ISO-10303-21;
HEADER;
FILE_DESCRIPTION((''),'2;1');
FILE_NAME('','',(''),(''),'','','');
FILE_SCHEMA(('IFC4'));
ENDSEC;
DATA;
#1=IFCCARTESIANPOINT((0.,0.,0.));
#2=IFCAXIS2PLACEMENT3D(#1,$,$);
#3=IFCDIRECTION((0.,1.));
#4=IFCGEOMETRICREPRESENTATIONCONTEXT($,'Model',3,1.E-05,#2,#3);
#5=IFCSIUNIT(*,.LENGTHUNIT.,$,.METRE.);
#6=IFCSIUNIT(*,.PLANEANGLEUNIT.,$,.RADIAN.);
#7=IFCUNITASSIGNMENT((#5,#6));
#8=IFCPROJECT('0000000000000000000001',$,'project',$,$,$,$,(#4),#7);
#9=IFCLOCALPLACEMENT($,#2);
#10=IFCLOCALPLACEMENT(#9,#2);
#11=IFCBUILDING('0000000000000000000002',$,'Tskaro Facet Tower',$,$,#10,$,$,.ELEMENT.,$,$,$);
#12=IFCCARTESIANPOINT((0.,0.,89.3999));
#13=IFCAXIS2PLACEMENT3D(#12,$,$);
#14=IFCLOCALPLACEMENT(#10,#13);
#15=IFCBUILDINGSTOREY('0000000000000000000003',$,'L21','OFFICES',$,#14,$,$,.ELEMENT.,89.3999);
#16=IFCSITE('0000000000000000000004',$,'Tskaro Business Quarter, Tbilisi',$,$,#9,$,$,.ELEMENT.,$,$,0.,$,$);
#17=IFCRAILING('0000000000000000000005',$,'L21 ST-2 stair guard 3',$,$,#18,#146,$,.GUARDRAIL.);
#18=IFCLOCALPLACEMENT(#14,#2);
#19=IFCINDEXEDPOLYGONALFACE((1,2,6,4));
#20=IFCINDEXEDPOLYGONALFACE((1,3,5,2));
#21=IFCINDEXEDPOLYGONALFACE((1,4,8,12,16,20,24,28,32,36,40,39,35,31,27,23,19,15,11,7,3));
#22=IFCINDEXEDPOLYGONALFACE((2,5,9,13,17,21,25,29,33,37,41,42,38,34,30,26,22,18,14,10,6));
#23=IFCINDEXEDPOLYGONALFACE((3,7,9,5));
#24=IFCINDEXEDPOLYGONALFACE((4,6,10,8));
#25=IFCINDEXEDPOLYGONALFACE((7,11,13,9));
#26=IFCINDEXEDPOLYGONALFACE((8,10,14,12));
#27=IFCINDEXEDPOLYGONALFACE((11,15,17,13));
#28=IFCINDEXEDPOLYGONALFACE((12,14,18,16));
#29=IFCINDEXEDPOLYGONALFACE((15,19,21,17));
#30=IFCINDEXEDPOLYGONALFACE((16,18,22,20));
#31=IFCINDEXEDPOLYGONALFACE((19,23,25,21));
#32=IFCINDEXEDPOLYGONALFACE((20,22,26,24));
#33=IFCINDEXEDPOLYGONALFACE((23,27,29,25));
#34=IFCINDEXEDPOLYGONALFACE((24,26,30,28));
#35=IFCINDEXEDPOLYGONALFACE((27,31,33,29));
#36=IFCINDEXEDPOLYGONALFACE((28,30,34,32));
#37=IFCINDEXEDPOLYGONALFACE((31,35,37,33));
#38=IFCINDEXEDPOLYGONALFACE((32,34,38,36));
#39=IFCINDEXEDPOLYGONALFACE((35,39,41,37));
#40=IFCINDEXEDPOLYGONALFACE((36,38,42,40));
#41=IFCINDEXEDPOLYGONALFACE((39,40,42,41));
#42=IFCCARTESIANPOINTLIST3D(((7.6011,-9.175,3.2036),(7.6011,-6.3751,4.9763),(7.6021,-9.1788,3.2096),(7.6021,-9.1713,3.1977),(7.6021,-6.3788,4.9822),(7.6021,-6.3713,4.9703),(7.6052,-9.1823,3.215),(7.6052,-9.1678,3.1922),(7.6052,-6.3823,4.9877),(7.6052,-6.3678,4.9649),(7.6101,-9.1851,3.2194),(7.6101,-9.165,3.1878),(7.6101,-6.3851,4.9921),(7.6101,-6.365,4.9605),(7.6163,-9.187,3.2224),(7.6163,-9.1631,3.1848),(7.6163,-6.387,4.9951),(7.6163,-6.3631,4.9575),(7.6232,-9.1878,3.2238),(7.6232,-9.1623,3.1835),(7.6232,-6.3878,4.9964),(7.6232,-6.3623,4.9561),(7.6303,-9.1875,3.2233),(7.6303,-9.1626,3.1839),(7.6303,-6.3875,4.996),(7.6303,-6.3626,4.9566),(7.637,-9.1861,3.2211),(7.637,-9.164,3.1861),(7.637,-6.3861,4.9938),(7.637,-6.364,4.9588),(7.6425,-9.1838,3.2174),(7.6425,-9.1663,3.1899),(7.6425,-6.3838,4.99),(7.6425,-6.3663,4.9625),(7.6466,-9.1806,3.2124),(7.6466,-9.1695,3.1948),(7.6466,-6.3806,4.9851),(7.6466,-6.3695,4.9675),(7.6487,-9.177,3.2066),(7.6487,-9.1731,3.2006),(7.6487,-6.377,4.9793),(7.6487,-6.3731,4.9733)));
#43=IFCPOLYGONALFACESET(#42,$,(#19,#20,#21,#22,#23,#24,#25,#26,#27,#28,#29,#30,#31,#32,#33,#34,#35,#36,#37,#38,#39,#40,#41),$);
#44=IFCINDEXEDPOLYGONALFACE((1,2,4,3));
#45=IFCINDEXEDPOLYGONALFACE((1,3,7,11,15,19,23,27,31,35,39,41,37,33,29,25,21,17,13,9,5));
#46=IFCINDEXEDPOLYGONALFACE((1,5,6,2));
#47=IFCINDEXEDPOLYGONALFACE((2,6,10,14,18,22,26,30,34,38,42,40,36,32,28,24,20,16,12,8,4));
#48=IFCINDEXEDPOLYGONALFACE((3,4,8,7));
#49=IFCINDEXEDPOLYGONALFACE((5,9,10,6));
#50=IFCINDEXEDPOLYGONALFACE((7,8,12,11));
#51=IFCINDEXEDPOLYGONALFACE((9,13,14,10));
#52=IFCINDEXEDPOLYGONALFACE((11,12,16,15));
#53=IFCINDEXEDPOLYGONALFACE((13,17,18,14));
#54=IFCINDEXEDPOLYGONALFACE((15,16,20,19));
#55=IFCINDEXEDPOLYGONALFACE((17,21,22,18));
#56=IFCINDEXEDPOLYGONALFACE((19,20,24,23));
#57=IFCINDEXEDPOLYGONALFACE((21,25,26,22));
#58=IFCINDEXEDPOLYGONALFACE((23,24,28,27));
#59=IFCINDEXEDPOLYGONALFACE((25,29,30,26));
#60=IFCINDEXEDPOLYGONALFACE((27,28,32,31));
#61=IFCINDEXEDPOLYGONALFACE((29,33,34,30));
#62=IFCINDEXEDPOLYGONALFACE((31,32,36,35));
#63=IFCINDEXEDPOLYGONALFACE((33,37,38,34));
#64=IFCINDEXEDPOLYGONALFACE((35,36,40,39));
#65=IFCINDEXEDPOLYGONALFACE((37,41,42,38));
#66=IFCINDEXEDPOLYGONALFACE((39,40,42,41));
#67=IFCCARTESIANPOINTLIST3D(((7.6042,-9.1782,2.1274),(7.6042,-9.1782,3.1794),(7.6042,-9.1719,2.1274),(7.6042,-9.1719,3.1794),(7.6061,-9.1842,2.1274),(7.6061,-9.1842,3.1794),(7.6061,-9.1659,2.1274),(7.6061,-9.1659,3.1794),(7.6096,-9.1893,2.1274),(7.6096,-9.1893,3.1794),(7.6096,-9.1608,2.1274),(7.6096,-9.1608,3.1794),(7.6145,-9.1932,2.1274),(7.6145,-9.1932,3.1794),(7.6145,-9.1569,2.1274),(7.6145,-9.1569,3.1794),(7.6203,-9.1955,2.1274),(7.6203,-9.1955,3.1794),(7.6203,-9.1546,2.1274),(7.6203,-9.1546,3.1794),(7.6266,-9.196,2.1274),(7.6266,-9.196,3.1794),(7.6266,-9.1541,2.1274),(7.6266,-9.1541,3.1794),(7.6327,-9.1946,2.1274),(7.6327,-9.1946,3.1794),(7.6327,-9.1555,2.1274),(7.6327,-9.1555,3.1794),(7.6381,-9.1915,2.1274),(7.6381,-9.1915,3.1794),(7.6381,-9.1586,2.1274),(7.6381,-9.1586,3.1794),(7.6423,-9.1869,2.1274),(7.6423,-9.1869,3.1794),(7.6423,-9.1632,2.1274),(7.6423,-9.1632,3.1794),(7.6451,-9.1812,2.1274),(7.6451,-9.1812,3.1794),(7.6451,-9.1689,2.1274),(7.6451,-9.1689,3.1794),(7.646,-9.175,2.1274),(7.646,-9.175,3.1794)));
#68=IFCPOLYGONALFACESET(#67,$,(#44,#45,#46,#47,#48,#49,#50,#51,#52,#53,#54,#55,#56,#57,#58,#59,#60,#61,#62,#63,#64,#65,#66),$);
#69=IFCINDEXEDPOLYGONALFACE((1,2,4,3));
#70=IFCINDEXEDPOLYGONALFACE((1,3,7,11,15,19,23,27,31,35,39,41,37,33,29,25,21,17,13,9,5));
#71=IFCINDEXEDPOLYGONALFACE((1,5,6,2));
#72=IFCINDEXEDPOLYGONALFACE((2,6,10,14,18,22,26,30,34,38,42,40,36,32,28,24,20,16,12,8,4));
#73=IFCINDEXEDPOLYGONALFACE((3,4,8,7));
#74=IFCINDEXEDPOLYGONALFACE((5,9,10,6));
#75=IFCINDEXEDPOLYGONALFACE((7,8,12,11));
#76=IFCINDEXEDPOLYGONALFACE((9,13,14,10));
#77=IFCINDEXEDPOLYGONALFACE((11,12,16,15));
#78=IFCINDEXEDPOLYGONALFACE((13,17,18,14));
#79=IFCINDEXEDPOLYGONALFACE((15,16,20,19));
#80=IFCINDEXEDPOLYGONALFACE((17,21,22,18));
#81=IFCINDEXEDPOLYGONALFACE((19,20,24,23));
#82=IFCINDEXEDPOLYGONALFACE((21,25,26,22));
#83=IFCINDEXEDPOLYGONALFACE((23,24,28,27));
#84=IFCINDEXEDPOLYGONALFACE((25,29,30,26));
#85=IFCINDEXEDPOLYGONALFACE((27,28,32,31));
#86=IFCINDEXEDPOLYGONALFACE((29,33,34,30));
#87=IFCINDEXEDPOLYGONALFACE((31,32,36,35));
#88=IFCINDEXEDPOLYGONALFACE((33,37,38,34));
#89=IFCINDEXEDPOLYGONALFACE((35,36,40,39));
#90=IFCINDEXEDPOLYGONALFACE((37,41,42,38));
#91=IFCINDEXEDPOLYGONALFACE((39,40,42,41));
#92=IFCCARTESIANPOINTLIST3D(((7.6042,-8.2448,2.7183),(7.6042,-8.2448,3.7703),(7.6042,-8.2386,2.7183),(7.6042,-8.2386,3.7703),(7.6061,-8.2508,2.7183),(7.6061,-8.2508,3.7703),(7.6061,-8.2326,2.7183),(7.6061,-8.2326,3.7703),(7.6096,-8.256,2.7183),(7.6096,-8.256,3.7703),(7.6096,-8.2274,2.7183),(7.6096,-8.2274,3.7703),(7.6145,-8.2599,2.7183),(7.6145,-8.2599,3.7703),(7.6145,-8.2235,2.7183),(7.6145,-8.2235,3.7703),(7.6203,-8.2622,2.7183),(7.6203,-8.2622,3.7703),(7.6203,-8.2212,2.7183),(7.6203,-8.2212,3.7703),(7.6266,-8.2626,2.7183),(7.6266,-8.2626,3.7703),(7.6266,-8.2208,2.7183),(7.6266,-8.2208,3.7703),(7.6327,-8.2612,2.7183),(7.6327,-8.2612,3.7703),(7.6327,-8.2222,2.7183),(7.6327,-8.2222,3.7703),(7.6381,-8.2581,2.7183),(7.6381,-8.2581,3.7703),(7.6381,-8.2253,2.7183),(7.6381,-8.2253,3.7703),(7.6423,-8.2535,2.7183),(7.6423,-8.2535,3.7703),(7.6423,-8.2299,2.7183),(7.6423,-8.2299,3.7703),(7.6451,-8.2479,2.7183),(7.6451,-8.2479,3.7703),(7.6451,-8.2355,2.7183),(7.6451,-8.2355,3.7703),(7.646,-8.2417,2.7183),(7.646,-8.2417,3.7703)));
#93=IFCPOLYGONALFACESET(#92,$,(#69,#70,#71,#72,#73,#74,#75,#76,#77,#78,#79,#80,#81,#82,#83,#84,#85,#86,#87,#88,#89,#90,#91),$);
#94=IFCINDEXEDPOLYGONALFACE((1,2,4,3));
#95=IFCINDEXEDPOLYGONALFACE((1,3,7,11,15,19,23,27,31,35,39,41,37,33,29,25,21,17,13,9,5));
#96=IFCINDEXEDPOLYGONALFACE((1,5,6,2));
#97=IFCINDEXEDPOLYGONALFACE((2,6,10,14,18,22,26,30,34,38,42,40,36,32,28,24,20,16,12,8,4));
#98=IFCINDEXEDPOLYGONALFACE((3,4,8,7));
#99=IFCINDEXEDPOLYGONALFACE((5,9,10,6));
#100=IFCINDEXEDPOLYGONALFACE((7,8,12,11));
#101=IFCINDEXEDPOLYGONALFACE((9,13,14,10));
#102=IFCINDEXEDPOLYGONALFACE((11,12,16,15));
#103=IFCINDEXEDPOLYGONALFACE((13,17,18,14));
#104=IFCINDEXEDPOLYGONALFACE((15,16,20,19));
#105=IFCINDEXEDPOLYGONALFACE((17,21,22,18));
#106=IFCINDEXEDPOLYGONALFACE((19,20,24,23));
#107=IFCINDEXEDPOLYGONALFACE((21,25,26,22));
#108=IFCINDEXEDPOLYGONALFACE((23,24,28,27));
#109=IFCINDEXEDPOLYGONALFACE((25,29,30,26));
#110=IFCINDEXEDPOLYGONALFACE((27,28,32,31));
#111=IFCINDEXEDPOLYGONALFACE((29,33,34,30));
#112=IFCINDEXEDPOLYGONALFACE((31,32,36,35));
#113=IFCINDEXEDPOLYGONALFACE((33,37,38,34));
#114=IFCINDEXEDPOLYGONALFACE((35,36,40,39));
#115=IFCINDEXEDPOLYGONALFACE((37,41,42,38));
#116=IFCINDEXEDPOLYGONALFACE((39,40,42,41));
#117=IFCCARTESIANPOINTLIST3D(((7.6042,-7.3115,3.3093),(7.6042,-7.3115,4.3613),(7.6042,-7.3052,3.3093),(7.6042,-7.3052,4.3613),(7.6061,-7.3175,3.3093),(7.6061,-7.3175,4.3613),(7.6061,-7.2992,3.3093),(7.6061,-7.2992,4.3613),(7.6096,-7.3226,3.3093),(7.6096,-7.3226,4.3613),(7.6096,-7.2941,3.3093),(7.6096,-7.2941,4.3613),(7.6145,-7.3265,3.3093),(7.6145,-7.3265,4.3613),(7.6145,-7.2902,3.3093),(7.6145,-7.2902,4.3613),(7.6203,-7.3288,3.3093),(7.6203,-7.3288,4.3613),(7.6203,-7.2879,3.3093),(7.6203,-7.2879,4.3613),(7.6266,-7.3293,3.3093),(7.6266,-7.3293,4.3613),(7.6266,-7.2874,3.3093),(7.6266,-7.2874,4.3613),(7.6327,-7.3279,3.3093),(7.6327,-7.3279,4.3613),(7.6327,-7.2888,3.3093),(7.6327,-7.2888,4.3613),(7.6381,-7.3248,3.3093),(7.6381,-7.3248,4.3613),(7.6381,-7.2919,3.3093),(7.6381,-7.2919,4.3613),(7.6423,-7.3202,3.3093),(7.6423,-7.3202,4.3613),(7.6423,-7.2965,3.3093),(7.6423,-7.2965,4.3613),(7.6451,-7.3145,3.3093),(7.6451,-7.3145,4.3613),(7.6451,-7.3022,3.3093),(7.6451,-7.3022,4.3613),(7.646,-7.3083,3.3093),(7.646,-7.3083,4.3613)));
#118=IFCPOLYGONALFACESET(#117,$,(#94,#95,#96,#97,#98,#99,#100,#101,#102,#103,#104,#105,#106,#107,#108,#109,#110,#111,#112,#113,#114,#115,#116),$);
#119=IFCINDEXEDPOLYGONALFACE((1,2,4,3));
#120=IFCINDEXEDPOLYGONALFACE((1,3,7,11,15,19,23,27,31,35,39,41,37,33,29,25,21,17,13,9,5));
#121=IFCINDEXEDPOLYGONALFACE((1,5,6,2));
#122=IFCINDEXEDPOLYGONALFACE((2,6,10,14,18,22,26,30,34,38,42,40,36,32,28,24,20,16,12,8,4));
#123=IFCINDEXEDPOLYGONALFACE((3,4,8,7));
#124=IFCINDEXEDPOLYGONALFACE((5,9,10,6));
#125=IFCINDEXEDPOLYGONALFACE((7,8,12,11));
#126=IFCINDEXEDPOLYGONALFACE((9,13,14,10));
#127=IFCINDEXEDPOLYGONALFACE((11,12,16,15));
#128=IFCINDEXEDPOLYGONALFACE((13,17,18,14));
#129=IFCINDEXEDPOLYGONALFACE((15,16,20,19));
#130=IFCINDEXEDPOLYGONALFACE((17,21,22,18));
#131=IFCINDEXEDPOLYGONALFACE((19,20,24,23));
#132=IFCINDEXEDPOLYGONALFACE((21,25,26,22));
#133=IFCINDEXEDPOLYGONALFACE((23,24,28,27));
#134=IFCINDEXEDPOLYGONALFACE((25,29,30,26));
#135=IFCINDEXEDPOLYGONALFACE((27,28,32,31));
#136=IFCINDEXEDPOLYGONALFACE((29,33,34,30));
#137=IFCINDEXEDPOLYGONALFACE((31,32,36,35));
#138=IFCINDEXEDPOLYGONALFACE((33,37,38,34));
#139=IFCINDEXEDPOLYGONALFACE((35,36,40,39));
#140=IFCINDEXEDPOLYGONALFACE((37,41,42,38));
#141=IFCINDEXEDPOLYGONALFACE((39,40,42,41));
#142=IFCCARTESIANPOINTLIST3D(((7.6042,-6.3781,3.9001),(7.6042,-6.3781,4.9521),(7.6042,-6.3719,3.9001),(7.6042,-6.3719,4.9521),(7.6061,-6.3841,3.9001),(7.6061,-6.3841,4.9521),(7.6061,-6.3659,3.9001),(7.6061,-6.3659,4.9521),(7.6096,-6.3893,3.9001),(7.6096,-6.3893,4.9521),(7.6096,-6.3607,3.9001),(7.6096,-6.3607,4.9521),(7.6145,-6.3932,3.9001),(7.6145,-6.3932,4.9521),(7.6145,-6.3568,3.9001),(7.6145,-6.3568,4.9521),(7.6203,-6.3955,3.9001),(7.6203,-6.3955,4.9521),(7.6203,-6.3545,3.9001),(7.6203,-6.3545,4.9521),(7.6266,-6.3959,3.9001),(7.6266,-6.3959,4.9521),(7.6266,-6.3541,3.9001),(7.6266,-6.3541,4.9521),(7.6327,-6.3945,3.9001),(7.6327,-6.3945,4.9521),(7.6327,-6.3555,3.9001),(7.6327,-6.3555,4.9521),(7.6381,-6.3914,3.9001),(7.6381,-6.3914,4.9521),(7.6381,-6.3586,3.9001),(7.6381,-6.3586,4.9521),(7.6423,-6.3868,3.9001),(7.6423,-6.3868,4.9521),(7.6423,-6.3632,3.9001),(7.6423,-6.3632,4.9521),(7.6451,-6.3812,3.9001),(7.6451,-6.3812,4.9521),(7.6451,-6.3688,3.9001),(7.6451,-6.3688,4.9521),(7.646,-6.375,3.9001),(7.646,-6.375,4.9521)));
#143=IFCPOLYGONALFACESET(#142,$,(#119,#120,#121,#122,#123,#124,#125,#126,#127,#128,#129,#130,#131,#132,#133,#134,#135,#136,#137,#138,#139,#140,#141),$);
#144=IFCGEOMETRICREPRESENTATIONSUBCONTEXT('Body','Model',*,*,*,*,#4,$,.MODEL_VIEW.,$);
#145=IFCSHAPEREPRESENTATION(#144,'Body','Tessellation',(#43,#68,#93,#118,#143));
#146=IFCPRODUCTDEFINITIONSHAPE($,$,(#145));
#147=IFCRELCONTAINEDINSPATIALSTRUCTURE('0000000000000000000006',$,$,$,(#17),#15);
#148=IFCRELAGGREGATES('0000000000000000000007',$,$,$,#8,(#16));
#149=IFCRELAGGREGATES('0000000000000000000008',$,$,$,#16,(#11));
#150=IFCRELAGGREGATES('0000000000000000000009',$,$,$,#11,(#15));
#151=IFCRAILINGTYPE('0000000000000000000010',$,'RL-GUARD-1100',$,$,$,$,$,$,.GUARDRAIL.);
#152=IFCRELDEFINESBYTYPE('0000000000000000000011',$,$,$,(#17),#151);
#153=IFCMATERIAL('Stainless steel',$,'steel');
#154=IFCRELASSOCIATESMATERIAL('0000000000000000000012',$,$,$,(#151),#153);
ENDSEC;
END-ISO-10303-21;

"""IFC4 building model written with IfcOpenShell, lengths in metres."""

from ifc_helpers import new_model, si_unit, direction, frame, origin, origin_2d, place, context, subcontext, project, spatial, circle, extrude, material, type_object, element, save


model = new_model("IFC4")

# Units and contexts
model_context = context("Model", 3, precision=1e-05, world=origin(), true_north=direction((0.0, 1.0)))
body_context = subcontext(model_context, "Body", "Model", "MODEL_VIEW")
ifc_project = project(units=[si_unit("LENGTHUNIT", "METRE"), si_unit("PLANEANGLEUNIT", "RADIAN")], contexts=[model_context])

# Site, building, storey
site_placement = place(None, origin())
site = spatial("IfcSite", under=ifc_project, at=site_placement, Name="Tskaro Business Quarter, Tbilisi", CompositionType="ELEMENT", RefElevation=0.0)
building_placement = place(site_placement, origin())
building = spatial("IfcBuilding", under=site, at=building_placement, Name="Tskaro Facet Tower", CompositionType="ELEMENT")
storey_placement = place(building_placement, frame((0.0, 0.0, 89.3999)))
storey = spatial("IfcBuildingStorey", under=building, at=storey_placement, Name="L21", Description="OFFICES", CompositionType="ELEMENT", Elevation=89.3999)

# Railing
ifc_material_1 = material(Name="Stainless steel", Category="steel")
railing_type_1 = type_object("IfcRailingType", Name="RL-GUARD-1100", PredefinedType="GUARDRAIL", material=ifc_material_1)
railing_1_placement = place(storey_placement, frame((7.625, -9.175, 2.1274)))
element("IfcRailing", 1, at=railing_1_placement, inside=storey, type_object=railing_type_1, Name="L21 ST-2 stair guard 3", PredefinedType="GUARDRAIL", context=body_context, shape_type="SweptSolid", body=[
    extrude(circle(Radius=0.0239, at=origin_2d()), frame((0.0, 0.0, 1.0762), z_axis=(0.0, 0.844909, 0.53491), x_axis=(-1.0, 0.0, 0.0)), (0.0, 0.0, 1.0), 3.314),
    extrude(circle(Radius=0.021, at=origin_2d()), origin(), (0.0, 0.0, 1.0), 1.052),
    extrude(circle(Radius=0.021, at=origin_2d()), frame((0.0, 0.9333, 0.5908)), (0.0, 0.0, 1.0), 1.052),
    extrude(circle(Radius=0.021, at=origin_2d()), frame((0.0, 1.8667, 1.1819)), (0.0, 0.0, 1.0), 1.052),
    extrude(circle(Radius=0.021, at=origin_2d()), frame((0.0, 2.8, 1.7727)), (0.0, 0.0, 1.0), 1.052),
])

save(model, "model.ifc")
